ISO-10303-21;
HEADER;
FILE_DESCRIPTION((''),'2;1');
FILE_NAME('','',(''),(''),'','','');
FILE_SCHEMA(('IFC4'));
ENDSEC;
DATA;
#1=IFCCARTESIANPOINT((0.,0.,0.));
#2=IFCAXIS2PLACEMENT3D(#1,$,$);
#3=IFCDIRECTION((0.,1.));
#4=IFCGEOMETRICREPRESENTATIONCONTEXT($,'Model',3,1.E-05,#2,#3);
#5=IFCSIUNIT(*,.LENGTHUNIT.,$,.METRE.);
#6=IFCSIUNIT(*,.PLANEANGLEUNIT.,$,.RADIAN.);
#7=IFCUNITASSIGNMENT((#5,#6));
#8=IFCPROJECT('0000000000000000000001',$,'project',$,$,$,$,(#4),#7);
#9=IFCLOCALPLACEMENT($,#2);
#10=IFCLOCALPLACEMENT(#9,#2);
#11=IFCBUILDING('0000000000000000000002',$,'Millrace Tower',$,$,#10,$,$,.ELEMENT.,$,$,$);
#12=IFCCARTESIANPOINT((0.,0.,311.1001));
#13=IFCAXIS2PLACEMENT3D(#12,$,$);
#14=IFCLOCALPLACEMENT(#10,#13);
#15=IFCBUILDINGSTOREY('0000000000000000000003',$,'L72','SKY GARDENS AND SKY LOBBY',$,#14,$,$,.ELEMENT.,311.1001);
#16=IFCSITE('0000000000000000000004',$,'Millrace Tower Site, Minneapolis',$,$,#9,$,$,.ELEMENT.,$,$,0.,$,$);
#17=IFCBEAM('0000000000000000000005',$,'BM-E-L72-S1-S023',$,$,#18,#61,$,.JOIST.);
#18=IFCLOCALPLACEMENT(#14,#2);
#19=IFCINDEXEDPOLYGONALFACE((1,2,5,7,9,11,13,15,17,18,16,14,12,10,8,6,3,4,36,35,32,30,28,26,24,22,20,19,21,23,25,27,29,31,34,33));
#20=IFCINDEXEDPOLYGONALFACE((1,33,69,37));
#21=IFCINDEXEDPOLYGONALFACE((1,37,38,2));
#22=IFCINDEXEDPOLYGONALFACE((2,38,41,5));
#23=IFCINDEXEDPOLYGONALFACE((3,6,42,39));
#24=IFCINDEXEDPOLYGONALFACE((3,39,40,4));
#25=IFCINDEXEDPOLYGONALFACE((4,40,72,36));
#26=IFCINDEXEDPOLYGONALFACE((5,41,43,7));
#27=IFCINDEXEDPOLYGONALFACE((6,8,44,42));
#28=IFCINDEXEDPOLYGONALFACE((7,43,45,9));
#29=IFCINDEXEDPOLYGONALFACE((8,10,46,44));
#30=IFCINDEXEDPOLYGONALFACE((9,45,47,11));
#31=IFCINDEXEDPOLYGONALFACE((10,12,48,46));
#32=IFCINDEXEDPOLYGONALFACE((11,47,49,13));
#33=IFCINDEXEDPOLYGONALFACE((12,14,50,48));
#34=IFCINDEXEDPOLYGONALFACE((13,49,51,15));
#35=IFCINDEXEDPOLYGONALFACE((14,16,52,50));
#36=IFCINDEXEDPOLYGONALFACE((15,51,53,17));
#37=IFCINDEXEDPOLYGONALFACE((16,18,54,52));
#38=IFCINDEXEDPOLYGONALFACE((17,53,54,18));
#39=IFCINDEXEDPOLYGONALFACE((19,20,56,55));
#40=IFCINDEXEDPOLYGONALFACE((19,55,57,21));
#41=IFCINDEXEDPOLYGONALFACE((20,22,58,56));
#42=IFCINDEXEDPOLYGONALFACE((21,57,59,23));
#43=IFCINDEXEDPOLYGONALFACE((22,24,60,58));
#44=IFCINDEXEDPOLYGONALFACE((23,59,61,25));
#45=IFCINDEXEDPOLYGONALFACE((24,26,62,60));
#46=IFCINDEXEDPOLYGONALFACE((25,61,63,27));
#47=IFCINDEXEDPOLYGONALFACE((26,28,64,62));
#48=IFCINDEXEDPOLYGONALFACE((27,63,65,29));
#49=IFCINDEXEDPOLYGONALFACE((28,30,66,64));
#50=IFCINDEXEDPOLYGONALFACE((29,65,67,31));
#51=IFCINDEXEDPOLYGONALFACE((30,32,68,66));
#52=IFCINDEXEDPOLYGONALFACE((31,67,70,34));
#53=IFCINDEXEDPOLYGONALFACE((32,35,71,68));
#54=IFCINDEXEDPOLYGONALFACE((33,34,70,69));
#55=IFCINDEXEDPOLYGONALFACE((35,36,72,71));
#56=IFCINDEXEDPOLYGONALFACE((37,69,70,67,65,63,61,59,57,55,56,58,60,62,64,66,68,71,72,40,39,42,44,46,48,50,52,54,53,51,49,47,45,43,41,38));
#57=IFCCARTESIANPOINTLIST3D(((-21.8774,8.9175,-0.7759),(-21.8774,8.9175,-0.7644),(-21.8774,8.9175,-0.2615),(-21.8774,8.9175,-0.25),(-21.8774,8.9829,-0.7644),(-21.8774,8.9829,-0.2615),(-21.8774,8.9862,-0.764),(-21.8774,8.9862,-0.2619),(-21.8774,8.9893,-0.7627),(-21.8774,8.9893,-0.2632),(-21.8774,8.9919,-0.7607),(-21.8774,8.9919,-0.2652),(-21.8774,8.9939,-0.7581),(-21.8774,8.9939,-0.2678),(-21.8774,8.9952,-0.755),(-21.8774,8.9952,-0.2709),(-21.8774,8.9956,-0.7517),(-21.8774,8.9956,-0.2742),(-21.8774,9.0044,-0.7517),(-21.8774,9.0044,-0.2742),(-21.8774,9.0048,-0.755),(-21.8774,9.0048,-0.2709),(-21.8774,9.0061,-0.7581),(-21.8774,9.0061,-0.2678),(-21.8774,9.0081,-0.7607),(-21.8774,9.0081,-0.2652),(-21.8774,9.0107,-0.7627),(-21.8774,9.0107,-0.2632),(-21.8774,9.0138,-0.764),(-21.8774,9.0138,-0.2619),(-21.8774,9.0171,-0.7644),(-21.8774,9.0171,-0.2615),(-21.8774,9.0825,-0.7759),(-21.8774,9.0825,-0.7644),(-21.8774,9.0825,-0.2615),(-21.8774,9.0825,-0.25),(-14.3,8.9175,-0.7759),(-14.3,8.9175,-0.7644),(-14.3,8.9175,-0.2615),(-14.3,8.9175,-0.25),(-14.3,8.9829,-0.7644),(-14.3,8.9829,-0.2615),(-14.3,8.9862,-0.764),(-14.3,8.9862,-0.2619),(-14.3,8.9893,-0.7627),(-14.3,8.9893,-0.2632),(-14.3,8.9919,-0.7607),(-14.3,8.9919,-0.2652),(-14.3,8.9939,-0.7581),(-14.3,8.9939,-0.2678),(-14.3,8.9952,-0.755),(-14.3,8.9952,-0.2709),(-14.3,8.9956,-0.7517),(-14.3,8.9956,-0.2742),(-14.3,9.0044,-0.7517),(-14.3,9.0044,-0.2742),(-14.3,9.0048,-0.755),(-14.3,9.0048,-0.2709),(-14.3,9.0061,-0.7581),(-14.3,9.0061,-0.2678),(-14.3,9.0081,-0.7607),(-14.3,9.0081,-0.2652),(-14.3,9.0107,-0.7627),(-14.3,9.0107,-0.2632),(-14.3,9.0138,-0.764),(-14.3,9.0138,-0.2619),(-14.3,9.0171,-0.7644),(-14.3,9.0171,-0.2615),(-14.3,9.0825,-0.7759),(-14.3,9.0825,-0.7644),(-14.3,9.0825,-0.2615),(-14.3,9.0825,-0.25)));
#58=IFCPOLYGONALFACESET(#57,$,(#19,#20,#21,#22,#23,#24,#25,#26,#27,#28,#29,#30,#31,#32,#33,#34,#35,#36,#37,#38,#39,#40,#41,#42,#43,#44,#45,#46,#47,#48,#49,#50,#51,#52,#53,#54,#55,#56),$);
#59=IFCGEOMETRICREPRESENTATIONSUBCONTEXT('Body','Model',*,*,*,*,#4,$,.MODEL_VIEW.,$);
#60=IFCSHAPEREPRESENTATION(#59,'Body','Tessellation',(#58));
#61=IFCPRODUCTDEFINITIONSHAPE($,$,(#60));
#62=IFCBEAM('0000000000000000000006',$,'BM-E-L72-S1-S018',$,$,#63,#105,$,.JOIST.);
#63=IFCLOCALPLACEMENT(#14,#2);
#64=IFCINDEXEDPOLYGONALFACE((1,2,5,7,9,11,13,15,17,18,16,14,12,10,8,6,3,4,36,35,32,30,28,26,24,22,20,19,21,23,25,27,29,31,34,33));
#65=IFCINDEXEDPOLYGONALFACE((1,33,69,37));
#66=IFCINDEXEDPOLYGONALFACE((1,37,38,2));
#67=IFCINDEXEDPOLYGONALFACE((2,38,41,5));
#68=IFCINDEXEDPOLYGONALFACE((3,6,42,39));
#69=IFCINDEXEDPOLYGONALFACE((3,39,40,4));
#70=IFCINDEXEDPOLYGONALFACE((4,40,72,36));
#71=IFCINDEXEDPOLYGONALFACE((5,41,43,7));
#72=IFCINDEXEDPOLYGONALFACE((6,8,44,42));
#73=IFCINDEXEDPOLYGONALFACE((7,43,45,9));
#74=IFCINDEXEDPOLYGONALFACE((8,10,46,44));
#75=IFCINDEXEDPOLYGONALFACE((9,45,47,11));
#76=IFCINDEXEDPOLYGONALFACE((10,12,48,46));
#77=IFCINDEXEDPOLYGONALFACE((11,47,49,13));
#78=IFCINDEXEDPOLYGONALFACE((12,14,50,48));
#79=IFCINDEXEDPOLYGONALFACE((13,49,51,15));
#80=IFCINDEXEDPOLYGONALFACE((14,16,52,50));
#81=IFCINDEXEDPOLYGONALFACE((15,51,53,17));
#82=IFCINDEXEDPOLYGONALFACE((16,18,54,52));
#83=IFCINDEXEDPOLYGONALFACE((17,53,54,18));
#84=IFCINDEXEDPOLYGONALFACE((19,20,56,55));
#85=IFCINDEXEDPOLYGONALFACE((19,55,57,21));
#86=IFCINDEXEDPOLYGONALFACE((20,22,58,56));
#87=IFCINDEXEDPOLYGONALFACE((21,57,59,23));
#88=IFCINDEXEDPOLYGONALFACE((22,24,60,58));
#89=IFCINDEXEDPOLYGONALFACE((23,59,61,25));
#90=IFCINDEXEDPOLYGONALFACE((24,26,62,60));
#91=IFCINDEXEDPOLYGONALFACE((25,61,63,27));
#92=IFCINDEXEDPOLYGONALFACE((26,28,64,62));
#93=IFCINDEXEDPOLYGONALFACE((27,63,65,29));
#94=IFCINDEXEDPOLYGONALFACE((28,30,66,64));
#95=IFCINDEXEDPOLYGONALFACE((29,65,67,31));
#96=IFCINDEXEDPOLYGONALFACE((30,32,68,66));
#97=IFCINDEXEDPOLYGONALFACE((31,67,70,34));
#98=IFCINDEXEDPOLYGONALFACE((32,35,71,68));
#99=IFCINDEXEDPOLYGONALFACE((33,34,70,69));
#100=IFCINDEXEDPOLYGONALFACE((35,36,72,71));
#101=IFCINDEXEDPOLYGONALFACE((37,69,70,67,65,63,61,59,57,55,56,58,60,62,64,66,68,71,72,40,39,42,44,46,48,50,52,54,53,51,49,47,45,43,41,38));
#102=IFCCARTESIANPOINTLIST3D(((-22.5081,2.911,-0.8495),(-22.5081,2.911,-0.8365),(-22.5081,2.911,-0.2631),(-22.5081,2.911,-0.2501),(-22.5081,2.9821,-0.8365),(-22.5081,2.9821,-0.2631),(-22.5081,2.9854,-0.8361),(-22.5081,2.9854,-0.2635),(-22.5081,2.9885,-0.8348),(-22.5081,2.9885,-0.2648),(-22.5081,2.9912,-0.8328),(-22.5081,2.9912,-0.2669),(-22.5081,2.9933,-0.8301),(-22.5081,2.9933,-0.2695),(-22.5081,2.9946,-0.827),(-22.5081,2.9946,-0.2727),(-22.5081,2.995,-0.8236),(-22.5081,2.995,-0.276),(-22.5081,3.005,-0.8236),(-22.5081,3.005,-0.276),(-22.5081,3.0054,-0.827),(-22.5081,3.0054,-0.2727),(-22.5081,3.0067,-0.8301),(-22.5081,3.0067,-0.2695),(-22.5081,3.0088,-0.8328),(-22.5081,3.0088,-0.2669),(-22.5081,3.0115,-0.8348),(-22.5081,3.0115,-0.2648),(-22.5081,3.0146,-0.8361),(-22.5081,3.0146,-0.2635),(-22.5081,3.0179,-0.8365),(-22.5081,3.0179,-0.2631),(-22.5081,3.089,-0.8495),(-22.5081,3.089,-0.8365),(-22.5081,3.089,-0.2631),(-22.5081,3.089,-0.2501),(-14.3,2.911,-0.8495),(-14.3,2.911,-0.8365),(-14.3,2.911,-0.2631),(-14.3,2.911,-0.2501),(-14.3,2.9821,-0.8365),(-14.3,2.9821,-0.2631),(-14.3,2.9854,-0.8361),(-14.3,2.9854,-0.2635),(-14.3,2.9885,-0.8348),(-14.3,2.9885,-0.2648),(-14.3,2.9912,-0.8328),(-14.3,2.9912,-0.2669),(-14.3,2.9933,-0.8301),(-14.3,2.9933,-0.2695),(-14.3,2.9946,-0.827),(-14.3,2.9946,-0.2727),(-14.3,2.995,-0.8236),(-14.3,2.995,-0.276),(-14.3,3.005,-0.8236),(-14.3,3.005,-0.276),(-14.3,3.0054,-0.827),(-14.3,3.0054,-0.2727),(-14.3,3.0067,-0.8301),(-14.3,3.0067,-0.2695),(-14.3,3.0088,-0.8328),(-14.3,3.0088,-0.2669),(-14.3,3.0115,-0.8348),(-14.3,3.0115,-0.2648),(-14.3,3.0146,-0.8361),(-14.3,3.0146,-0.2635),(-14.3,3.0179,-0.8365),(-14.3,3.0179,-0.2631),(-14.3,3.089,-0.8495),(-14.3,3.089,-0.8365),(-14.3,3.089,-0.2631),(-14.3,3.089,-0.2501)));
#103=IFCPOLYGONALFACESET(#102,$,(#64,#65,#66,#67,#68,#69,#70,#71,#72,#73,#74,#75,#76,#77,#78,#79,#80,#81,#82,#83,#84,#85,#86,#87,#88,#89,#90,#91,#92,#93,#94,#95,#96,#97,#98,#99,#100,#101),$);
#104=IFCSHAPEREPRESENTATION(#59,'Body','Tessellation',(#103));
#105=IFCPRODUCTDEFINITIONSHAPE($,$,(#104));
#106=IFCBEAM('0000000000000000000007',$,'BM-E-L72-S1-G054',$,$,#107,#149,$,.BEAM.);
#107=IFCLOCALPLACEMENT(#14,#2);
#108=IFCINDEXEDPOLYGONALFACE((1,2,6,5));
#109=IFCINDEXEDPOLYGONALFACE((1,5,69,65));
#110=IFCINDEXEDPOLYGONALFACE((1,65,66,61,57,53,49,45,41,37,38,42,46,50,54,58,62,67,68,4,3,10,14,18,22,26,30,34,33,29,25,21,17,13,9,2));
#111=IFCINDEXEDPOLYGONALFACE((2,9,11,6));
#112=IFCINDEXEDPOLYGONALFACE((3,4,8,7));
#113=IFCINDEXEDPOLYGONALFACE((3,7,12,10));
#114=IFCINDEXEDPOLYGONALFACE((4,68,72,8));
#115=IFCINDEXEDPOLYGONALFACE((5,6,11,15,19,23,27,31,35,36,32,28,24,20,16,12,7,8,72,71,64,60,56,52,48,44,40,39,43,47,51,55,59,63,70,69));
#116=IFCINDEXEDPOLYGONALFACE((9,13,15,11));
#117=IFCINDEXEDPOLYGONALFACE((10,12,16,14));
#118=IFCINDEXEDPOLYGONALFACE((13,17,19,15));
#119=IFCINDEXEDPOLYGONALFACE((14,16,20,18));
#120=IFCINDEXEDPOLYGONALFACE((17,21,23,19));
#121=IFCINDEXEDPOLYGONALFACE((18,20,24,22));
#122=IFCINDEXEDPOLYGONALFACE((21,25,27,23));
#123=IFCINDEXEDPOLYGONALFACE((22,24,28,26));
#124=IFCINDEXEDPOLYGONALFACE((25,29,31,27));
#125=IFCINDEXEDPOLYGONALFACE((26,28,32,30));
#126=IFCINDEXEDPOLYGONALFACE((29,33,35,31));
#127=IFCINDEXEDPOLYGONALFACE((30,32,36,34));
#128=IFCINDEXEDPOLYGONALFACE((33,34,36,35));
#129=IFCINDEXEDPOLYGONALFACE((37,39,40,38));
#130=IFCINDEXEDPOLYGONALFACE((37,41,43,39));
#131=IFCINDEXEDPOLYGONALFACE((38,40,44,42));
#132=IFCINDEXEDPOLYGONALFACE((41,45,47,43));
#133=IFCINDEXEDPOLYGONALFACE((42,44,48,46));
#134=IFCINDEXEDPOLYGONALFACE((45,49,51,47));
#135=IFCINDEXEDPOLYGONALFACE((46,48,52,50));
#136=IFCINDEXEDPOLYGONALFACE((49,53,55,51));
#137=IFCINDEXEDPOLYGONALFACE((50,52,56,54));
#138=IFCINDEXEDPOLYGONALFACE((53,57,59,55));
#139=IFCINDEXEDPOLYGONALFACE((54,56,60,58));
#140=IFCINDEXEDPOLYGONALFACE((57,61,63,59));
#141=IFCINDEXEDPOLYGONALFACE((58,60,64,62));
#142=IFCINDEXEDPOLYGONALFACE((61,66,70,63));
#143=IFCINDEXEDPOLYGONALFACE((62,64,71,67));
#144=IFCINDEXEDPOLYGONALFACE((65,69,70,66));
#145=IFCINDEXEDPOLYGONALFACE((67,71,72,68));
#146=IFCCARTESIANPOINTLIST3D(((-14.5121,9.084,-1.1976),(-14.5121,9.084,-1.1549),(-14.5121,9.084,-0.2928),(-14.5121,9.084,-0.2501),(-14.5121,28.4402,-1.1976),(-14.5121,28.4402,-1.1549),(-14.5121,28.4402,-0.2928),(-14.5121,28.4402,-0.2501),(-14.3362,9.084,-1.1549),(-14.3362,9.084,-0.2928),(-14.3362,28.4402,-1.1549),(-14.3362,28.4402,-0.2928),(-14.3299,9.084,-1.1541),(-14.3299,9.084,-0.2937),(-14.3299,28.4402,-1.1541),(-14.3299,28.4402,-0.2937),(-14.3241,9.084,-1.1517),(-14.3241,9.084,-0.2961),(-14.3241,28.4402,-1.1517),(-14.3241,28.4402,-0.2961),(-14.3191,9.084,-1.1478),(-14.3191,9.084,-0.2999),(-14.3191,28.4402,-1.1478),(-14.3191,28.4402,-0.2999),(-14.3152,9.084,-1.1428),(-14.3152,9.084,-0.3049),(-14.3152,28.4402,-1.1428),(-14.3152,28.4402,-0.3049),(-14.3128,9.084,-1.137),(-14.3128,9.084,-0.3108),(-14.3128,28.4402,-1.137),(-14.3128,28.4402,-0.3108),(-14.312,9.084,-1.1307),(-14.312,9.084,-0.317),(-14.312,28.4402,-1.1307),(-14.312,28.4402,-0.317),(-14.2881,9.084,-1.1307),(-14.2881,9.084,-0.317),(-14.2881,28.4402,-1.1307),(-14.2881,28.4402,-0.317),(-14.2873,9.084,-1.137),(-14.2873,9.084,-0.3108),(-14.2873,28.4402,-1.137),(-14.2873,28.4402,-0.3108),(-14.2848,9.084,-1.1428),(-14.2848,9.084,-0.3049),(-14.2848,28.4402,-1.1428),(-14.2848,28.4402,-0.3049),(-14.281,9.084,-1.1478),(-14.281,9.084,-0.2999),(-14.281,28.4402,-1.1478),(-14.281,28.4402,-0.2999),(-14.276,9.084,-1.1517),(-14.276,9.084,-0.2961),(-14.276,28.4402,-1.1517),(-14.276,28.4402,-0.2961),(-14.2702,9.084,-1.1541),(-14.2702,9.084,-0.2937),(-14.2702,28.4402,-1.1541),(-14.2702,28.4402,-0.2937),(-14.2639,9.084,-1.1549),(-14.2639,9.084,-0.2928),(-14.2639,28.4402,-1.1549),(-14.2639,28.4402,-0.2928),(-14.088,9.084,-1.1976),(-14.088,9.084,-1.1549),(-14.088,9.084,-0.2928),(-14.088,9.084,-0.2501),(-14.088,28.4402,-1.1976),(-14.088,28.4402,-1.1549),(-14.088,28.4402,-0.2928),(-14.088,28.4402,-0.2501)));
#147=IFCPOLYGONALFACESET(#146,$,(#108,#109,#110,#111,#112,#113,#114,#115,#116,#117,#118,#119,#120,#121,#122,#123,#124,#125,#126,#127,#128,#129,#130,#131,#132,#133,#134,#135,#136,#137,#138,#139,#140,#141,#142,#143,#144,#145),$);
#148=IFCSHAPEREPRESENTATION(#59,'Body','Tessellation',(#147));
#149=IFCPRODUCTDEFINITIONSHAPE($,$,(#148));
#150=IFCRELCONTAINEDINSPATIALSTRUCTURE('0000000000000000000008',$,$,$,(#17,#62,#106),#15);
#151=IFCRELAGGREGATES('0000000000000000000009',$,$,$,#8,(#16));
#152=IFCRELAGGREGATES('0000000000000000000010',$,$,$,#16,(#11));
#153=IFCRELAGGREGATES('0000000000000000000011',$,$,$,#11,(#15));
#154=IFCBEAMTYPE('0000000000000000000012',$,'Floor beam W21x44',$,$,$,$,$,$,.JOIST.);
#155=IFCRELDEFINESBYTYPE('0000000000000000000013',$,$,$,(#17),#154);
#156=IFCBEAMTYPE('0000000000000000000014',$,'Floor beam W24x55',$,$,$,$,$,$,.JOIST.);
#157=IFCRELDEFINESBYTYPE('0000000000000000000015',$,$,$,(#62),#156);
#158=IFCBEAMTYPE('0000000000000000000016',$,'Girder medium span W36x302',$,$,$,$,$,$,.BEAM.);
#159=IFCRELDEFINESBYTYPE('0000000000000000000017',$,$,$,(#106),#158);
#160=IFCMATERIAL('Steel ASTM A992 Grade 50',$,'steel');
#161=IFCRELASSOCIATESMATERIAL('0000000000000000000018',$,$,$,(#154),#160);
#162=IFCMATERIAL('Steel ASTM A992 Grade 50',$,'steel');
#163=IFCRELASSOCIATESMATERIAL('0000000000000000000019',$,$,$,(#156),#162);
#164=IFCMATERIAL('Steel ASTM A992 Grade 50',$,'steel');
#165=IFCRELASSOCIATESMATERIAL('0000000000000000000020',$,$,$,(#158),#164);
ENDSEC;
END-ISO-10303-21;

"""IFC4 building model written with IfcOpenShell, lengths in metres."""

from ifc_helpers import new_model, si_unit, direction, frame, origin, origin_2d, place, context, subcontext, project, spatial, i_section, extrude, material, material_profile, profile_set, type_object, element, save


model = new_model("IFC4")

# Units and contexts
model_context = context("Model", 3, precision=1e-05, world=origin(), true_north=direction((0.0, 1.0)))
body_context = subcontext(model_context, "Body", "Model", "MODEL_VIEW")
ifc_project = project(units=[si_unit("LENGTHUNIT", "METRE"), si_unit("PLANEANGLEUNIT", "RADIAN")], contexts=[model_context])

# Site, building, storey
site_placement = place(None, origin())
site = spatial("IfcSite", under=ifc_project, at=site_placement, Name="Millrace Tower Site, Minneapolis", CompositionType="ELEMENT", RefElevation=0.0)
building_placement = place(site_placement, origin())
building = spatial("IfcBuilding", under=site, at=building_placement, Name="Millrace Tower", CompositionType="ELEMENT")
storey_placement = place(building_placement, frame((0.0, 0.0, 311.1001)))
storey = spatial("IfcBuildingStorey", under=building, at=storey_placement, Name="L72", Description="SKY GARDENS AND SKY LOBBY", CompositionType="ELEMENT", Elevation=311.1001)

# Beams
ifc_material_1 = material(Name="Steel ASTM A992 Grade 50", Category="steel")
ifc_material_profile_1 = material_profile(ifc_material_1, i_section(OverallWidth=0.165, OverallDepth=0.5259, WebThickness=0.0088, FlangeThickness=0.0115, FilletRadius=0.0127, at=origin_2d()))
ifc_profile_set_1 = profile_set([ifc_material_profile_1], Name="Steel ASTM A992 Grade 50")
beam_type_1 = type_object("IfcBeamType", Name="Floor beam W21x44", PredefinedType="JOIST", material=ifc_profile_set_1)
beam_1_placement = place(storey_placement, frame((-21.8774, 9.0, -0.5129), z_axis=(1.0, 0.0, 0.0), x_axis=(0.0, 1.0, 0.0)))
element("IfcBeam", 1, at=beam_1_placement, inside=storey, type_object=beam_type_1, Name="BM-E-L72-S1-S023", PredefinedType="JOIST", context=body_context, shape_type="SweptSolid", body=[
    extrude(i_section(OverallWidth=0.165, OverallDepth=0.5259, WebThickness=0.0088, FlangeThickness=0.0115, FilletRadius=0.0127, at=origin_2d()), origin(), (0.0, 0.0, 1.0), 7.5774),
])
ifc_material_2 = material(Name="Steel ASTM A992 Grade 50", Category="steel")
ifc_material_profile_2 = material_profile(ifc_material_2, i_section(OverallWidth=0.178, OverallDepth=0.5994, WebThickness=0.01, FlangeThickness=0.0129, FilletRadius=0.0129, at=origin_2d()))
ifc_profile_set_2 = profile_set([ifc_material_profile_2], Name="Steel ASTM A992 Grade 50")
beam_type_2 = type_object("IfcBeamType", Name="Floor beam W24x55", PredefinedType="JOIST", material=ifc_profile_set_2)
beam_2_placement = place(storey_placement, frame((-22.5081, 3.0, -0.5498), z_axis=(1.0, 0.0, 0.0), x_axis=(0.0, 1.0, 0.0)))
element("IfcBeam", 2, at=beam_2_placement, inside=storey, type_object=beam_type_2, Name="BM-E-L72-S1-S018", PredefinedType="JOIST", context=body_context, shape_type="SweptSolid", body=[
    extrude(i_section(OverallWidth=0.178, OverallDepth=0.5994, WebThickness=0.01, FlangeThickness=0.0129, FilletRadius=0.0129, at=origin_2d()), origin(), (0.0, 0.0, 1.0), 8.208),
])
ifc_material_3 = material(Name="Steel ASTM A992 Grade 50", Category="steel")
ifc_material_profile_3 = material_profile(ifc_material_3, i_section(OverallWidth=0.4241, OverallDepth=0.9475, WebThickness=0.0239, FlangeThickness=0.0427, FilletRadius=0.0242, at=origin_2d()))
ifc_profile_set_3 = profile_set([ifc_material_profile_3], Name="Steel ASTM A992 Grade 50")
beam_type_3 = type_object("IfcBeamType", Name="Girder medium span W36x302", PredefinedType="BEAM", material=ifc_profile_set_3)
beam_3_placement = place(storey_placement, frame((-14.3, 9.084, -0.7239), z_axis=(0.0, 1.0, 0.0), x_axis=(-1.0, 0.0, 0.0)))
element("IfcBeam", 3, at=beam_3_placement, inside=storey, type_object=beam_type_3, Name="BM-E-L72-S1-G054", PredefinedType="BEAM", context=body_context, shape_type="SweptSolid", body=[
    extrude(i_section(OverallWidth=0.4241, OverallDepth=0.9475, WebThickness=0.0239, FlangeThickness=0.0427, FilletRadius=0.0242, at=origin_2d()), origin(), (0.0, 0.0, 1.0), 19.3562),
])

save(model, "model.ifc")
